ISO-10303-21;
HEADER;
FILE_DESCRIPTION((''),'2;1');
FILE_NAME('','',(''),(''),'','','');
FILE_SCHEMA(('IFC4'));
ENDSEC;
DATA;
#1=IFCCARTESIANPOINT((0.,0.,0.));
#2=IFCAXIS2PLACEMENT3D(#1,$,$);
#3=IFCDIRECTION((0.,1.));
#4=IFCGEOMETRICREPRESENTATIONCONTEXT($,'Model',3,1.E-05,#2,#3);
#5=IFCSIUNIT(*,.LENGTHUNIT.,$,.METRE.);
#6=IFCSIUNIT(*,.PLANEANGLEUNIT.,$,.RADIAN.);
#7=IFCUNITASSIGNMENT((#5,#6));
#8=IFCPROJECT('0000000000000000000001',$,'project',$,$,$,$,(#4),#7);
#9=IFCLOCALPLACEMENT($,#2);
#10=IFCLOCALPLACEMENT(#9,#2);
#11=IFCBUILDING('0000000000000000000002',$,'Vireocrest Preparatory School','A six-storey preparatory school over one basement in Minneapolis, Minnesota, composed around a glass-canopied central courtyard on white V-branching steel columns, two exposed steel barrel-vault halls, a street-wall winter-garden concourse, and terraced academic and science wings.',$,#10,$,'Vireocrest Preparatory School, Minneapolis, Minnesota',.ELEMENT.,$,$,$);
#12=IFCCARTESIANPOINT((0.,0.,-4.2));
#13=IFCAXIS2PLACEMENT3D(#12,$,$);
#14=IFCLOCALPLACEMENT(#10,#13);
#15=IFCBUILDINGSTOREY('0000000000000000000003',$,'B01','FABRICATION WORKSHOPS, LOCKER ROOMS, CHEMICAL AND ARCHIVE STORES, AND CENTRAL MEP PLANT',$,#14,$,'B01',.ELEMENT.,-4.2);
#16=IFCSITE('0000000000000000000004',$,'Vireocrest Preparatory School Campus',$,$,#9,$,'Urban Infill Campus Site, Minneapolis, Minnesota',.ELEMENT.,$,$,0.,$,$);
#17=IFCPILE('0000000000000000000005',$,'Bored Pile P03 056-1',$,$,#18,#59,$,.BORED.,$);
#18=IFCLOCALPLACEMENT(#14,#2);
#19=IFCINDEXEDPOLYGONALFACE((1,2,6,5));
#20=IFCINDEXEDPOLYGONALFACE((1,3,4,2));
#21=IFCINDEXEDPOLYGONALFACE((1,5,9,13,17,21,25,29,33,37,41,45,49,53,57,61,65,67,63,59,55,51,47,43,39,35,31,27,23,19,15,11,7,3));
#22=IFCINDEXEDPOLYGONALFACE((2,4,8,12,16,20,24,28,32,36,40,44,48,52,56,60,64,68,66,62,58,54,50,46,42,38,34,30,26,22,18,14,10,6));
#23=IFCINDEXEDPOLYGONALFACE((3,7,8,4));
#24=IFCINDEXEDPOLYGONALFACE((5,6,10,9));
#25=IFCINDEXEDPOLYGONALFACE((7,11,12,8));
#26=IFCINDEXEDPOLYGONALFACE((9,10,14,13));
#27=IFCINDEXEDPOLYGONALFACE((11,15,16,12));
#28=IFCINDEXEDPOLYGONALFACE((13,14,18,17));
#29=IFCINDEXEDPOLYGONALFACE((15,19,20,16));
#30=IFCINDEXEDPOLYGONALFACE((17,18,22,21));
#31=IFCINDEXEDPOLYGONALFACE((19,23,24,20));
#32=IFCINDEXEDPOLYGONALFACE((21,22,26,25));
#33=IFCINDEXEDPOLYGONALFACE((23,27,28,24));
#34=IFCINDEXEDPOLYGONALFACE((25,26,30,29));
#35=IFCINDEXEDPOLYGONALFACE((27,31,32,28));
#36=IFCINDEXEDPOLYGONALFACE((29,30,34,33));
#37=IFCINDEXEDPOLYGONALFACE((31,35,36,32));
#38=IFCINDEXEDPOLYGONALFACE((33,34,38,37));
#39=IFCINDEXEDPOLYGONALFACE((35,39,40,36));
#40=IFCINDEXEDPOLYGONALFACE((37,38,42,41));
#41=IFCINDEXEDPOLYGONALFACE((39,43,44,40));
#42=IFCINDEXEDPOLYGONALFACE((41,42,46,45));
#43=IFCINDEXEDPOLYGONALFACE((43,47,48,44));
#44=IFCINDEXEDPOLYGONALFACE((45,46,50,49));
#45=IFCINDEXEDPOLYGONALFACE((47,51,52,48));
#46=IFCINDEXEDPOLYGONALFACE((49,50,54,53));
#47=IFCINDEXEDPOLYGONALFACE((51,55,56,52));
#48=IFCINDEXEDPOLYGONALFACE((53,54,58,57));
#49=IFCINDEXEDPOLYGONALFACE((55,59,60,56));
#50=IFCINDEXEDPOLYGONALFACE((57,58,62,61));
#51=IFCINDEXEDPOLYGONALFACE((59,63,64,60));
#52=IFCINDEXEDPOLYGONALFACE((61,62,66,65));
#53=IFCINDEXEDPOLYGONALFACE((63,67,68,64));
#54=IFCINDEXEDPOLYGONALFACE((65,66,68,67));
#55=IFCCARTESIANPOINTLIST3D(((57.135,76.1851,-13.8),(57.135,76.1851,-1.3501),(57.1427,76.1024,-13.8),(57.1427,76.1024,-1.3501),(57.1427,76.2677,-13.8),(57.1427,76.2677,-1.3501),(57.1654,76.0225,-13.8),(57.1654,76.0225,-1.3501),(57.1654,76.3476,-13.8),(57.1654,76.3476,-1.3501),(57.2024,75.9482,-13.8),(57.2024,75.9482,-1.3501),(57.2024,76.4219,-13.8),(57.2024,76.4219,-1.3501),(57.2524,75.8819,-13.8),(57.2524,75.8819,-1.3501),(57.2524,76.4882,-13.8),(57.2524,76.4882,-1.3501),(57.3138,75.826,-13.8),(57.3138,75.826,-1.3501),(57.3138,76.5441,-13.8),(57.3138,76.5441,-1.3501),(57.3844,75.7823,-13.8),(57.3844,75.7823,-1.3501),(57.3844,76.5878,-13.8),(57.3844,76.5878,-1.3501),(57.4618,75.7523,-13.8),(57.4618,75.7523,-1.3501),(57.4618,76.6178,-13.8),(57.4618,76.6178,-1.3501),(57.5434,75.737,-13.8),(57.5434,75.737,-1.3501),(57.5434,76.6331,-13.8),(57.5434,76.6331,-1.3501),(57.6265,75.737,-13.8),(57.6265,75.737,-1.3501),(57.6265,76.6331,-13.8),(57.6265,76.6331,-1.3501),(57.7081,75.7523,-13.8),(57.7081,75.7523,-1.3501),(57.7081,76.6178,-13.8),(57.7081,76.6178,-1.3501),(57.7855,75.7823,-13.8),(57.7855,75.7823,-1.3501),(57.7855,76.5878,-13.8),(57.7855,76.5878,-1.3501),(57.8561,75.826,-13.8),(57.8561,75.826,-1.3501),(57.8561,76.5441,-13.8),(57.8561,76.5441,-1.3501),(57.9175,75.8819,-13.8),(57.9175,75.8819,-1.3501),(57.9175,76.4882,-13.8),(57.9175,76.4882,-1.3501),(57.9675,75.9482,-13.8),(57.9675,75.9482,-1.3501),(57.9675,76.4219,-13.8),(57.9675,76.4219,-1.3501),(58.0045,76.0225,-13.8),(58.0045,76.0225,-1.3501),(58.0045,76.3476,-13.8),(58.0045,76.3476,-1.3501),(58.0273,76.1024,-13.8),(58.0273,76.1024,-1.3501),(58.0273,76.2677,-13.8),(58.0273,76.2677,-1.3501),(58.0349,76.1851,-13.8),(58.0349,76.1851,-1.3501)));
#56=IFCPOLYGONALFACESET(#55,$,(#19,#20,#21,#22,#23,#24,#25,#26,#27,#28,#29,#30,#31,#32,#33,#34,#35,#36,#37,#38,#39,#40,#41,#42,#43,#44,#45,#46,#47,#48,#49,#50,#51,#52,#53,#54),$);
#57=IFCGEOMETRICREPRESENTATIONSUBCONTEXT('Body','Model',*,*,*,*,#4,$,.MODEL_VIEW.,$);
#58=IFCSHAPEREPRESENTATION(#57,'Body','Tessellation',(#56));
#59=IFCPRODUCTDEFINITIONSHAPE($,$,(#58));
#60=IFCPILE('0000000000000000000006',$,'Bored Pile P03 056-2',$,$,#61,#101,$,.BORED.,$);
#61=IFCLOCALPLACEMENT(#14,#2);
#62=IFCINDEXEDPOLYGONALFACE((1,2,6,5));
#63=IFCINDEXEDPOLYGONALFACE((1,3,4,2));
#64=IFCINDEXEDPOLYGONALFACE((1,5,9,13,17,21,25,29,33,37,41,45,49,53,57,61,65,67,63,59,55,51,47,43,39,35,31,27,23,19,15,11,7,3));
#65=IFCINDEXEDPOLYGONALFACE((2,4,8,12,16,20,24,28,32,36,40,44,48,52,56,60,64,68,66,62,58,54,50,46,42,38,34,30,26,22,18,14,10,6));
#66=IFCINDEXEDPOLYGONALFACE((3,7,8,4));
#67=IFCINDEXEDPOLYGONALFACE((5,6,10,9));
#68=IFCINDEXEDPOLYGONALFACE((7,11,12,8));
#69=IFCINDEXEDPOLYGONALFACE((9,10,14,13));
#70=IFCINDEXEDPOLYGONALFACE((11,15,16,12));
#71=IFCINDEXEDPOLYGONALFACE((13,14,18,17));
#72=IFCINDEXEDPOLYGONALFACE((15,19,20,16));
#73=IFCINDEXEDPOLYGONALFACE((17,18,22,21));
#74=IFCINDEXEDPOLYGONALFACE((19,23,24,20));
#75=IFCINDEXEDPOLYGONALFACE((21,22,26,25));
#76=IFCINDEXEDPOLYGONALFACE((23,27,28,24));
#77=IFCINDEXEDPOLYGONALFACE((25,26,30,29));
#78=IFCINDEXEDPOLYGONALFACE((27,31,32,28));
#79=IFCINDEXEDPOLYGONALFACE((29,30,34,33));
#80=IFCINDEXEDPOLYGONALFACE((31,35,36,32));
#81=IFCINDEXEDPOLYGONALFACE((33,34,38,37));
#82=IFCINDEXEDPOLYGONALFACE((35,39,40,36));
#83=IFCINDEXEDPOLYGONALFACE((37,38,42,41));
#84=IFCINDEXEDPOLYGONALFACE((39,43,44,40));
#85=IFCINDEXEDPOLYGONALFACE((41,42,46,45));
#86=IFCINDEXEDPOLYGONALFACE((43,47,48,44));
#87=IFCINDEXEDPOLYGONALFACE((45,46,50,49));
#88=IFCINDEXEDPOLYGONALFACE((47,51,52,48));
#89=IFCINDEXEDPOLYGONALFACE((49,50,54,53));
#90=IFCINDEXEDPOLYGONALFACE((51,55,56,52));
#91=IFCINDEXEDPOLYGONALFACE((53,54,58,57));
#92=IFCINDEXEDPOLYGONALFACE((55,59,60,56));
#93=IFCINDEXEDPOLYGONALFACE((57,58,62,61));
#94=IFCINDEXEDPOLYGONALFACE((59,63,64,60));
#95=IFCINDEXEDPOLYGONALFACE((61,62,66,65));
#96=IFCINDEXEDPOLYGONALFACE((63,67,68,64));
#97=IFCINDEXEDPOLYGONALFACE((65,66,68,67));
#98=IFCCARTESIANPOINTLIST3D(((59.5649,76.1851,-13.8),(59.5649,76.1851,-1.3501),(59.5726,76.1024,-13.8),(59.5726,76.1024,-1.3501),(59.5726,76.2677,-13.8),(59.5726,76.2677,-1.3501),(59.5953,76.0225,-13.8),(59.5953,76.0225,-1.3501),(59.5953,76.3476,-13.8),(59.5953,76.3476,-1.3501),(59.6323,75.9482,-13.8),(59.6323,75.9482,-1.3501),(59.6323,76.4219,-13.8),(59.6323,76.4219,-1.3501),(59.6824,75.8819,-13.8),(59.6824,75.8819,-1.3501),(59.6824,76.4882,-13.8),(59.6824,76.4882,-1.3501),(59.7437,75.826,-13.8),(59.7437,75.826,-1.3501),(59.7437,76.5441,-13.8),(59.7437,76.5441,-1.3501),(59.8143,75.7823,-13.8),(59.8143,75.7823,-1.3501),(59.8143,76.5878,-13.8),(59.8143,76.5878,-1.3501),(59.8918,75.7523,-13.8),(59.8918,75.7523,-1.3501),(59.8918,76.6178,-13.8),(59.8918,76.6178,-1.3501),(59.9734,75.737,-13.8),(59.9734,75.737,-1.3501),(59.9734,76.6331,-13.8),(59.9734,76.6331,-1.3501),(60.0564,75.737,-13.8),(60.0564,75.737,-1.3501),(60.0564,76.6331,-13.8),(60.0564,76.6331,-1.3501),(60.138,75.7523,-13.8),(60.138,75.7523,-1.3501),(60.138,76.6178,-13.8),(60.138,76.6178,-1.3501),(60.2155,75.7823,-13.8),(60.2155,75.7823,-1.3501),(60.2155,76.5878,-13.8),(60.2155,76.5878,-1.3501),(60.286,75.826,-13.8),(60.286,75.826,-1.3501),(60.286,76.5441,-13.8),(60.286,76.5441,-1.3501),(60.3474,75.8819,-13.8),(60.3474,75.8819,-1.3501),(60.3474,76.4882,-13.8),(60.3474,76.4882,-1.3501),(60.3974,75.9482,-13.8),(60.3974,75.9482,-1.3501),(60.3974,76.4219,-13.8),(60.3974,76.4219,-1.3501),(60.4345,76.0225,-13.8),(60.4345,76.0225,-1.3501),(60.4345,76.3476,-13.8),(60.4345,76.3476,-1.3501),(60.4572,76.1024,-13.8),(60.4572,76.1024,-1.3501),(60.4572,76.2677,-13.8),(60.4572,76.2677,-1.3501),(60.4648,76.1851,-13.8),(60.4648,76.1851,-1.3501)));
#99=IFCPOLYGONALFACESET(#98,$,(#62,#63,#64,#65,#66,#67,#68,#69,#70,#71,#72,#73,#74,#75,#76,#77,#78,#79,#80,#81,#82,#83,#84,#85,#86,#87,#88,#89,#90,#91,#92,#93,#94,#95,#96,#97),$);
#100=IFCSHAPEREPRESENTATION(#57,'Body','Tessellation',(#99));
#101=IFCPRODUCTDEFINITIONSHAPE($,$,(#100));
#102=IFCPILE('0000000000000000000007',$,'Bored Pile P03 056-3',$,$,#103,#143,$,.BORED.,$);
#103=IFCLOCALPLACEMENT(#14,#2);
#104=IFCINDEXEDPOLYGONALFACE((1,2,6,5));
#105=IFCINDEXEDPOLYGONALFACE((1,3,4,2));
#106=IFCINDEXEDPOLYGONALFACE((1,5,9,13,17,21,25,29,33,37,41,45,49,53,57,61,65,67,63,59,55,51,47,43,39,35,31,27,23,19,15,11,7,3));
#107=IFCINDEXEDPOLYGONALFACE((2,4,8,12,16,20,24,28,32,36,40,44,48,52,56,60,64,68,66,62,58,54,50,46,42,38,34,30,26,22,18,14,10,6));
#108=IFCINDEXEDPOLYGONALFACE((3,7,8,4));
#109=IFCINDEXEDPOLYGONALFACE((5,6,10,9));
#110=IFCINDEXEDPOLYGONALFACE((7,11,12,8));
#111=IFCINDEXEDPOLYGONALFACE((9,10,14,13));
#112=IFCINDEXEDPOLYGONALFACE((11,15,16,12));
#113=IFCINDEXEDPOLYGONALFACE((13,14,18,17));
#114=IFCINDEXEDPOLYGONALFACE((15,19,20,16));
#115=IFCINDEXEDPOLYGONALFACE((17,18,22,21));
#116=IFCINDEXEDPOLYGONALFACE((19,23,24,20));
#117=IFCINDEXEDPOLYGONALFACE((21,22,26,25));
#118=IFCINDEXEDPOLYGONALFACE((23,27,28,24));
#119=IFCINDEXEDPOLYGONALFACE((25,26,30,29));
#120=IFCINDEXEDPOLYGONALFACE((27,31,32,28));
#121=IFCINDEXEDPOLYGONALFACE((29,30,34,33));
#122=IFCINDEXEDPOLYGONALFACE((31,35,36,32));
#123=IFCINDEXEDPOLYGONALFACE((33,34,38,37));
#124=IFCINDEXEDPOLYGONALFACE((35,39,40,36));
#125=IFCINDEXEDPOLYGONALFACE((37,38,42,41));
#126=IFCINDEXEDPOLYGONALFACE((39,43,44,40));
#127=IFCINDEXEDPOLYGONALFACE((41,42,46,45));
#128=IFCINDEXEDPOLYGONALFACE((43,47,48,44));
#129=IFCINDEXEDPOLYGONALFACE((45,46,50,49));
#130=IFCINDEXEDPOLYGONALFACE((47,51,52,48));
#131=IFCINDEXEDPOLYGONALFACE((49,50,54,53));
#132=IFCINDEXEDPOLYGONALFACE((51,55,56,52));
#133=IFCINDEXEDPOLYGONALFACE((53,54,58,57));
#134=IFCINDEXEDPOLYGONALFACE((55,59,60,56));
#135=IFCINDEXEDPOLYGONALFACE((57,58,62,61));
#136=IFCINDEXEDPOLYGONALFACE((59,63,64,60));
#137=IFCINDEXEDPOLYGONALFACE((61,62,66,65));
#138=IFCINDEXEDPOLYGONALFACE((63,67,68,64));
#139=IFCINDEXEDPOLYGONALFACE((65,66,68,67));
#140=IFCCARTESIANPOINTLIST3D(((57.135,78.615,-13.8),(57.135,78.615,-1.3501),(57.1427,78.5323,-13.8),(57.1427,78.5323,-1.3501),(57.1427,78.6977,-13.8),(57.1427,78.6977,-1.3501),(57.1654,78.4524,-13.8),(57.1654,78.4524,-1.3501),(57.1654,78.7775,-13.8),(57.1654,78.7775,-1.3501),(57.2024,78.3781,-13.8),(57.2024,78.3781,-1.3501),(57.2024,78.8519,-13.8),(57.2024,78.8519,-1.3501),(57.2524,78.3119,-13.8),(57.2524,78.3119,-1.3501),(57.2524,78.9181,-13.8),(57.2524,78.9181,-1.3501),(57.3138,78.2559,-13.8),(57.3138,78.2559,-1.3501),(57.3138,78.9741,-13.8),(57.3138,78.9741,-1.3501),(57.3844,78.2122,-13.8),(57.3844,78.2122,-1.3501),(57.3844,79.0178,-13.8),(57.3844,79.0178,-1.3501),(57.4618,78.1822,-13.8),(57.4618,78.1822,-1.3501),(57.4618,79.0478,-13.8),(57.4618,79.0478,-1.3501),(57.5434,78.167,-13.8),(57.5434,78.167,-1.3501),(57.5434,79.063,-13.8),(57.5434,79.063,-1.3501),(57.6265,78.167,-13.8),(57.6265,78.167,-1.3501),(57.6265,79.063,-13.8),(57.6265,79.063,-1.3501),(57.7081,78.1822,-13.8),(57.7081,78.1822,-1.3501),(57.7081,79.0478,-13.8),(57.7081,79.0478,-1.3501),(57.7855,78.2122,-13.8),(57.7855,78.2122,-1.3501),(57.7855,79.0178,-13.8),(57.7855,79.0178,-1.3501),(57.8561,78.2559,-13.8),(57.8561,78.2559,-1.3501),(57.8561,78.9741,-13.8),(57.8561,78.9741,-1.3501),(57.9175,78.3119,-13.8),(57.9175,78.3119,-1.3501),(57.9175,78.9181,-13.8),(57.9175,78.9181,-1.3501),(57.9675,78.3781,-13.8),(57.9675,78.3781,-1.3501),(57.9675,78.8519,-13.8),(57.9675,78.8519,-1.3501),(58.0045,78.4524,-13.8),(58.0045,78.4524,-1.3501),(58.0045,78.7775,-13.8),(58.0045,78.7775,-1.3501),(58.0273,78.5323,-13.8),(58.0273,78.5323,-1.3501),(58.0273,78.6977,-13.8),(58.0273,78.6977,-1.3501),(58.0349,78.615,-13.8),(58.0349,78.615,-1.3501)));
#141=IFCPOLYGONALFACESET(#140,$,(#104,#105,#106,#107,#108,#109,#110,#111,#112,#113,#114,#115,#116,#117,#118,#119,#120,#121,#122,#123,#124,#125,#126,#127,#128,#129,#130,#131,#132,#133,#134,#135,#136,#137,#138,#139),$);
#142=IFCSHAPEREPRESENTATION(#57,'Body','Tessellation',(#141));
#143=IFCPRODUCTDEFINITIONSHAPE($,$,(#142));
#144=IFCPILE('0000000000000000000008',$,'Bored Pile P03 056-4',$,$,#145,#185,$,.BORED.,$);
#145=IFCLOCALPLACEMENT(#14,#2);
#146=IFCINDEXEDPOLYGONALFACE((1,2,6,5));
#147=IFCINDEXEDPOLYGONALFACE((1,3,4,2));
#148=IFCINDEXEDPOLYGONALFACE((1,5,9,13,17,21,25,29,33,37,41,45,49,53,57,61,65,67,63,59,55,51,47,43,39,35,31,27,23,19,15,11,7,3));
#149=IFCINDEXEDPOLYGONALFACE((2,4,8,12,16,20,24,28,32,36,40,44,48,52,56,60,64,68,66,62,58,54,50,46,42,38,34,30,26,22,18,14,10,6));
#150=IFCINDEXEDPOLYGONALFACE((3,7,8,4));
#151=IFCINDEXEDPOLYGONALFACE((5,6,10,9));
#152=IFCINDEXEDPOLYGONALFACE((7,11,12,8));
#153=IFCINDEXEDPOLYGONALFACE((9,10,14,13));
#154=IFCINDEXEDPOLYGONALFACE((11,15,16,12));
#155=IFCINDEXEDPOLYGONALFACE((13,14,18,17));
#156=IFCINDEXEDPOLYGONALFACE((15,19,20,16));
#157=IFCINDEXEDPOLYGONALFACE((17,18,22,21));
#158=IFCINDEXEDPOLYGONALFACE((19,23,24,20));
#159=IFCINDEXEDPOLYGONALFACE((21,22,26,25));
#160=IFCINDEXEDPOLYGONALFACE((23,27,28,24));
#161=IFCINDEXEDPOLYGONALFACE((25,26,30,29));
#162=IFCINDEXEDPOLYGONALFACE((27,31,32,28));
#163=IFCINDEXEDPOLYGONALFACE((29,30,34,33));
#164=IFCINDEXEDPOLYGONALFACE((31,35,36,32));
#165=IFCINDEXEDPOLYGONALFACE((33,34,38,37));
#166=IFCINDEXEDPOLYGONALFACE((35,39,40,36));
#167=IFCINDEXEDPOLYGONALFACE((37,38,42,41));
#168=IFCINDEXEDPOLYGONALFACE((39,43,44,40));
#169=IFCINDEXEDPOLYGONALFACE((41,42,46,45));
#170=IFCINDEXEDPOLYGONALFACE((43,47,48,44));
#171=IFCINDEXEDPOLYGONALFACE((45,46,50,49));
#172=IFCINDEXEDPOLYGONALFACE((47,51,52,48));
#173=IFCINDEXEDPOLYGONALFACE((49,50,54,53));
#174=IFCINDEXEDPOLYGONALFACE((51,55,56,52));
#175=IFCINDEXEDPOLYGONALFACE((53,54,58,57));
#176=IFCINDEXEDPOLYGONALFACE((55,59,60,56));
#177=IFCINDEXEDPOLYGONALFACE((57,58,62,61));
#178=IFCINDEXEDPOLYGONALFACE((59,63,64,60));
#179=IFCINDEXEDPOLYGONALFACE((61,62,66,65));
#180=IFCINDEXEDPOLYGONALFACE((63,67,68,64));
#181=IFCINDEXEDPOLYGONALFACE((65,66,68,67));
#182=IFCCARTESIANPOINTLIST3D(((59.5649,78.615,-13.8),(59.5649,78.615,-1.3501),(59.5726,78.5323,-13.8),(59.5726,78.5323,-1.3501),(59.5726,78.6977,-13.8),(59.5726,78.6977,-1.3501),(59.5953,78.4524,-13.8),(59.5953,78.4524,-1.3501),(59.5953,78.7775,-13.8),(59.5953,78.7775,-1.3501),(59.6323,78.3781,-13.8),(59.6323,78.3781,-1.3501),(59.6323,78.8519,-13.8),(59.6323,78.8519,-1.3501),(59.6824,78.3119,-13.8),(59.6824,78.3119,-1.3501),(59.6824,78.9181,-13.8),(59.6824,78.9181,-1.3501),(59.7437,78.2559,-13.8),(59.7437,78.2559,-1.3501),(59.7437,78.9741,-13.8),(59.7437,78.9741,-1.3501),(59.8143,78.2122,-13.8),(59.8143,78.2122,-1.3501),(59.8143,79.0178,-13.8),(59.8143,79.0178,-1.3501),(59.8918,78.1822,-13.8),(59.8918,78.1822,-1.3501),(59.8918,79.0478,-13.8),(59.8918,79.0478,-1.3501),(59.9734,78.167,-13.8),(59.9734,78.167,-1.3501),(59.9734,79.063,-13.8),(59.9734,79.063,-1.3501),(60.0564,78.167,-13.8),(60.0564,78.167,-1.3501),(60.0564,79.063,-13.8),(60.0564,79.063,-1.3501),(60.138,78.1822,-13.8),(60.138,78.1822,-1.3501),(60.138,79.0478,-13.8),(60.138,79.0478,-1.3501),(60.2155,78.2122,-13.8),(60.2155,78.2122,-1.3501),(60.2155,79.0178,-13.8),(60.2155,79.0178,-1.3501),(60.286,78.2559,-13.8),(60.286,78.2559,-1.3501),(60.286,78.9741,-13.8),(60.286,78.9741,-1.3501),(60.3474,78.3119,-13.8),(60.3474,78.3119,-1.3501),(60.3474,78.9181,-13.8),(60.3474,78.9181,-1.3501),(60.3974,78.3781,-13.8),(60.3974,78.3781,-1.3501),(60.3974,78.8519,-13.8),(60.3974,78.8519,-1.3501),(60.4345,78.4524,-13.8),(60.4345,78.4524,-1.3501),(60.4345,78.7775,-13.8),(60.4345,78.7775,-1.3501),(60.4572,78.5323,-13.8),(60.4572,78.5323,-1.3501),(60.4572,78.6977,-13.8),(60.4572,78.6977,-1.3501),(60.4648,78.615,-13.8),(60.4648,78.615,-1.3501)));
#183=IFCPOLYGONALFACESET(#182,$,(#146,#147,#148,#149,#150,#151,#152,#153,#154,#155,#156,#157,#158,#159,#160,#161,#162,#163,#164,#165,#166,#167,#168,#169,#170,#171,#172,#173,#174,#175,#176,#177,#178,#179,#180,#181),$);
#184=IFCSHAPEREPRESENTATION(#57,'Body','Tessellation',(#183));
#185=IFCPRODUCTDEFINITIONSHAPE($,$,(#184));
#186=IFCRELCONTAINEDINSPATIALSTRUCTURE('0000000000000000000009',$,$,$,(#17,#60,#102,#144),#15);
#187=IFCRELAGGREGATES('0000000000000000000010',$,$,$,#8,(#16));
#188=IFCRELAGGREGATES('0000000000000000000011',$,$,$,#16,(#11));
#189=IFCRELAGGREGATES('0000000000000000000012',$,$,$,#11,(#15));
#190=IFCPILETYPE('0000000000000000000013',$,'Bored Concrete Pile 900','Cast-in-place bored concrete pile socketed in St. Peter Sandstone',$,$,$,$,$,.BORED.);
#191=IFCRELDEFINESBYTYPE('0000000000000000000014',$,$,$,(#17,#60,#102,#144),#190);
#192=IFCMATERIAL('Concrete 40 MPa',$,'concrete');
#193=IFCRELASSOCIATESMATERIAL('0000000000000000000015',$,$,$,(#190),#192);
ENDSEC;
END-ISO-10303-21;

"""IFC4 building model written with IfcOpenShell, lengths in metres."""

from ifc_helpers import new_model, si_unit, direction, frame, origin, origin_2d, place, context, subcontext, project, spatial, circle, extrude, material, material_profile, profile_set, type_object, element, save


model = new_model("IFC4")

# Units and contexts
model_context = context("Model", 3, precision=1e-05, world=origin(), true_north=direction((0.0, 1.0)))
body_context = subcontext(model_context, "Body", "Model", "MODEL_VIEW")
ifc_project = project(units=[si_unit("LENGTHUNIT", "METRE"), si_unit("PLANEANGLEUNIT", "RADIAN")], contexts=[model_context])

# Site, building, storey
site_placement = place(None, origin())
site = spatial("IfcSite", under=ifc_project, at=site_placement, Name="Vireocrest Preparatory School Campus", LongName="Urban Infill Campus Site, Minneapolis, Minnesota", CompositionType="ELEMENT", RefElevation=0.0)
building_placement = place(site_placement, origin())
building = spatial("IfcBuilding", under=site, at=building_placement, Name="Vireocrest Preparatory School", Description="A six-storey preparatory school over one basement in Minneapolis, Minnesota, composed around a glass-canopied central courtyard on white V-branching steel columns, two exposed steel barrel-vault halls, a street-wall winter-garden concourse, and terraced academic and science wings.", LongName="Vireocrest Preparatory School, Minneapolis, Minnesota", CompositionType="ELEMENT")
storey_placement = place(building_placement, frame((0.0, 0.0, -4.2)))
storey = spatial("IfcBuildingStorey", under=building, at=storey_placement, Name="B01", Description="FABRICATION WORKSHOPS, LOCKER ROOMS, CHEMICAL AND ARCHIVE STORES, AND CENTRAL MEP PLANT", LongName="B01", CompositionType="ELEMENT", Elevation=-4.2)

# Piles
ifc_material_1 = material(Name="Concrete 40 MPa", Category="concrete")
ifc_material_profile_1 = material_profile(ifc_material_1, circle(Radius=0.45, at=origin_2d()), Name="BORED PILE 900")
ifc_profile_set_1 = profile_set([ifc_material_profile_1], Name="Concrete 40 MPa")
pile_type = type_object("IfcPileType", Name="Bored Concrete Pile 900", Description="Cast-in-place bored concrete pile socketed in St. Peter Sandstone", PredefinedType="BORED", material=ifc_profile_set_1)
for number, where, z_axis, x_axis, name in (
    (1, (57.585, 76.1851, -1.3501), (0.0, 0.0, -1.0), (1.0, 0.0, 0.0), "Bored Pile P03 056-1"),
    (2, (60.0149, 76.1851, -1.3501), (0.0, 0.0, -1.0), (1.0, 0.0, 0.0), "Bored Pile P03 056-2"),
    (3, (57.585, 78.615, -1.3501), (0.0, 0.0, -1.0), (1.0, 0.0, 0.0), "Bored Pile P03 056-3"),
    (4, (60.0149, 78.615, -1.3501), (0.0, 0.0, -1.0), (1.0, 0.0, 0.0), "Bored Pile P03 056-4"),
):
    element("IfcPile", number, at=place(storey_placement, frame(where, z_axis=z_axis, x_axis=x_axis)), inside=storey, type_object=pile_type, Name=name, PredefinedType="BORED", context=body_context, shape_type="SweptSolid", body=[
        extrude(circle(Radius=0.45, at=origin_2d()), origin(), (0.0, 0.0, 1.0), 12.45),
    ])

save(model, "model.ifc")
